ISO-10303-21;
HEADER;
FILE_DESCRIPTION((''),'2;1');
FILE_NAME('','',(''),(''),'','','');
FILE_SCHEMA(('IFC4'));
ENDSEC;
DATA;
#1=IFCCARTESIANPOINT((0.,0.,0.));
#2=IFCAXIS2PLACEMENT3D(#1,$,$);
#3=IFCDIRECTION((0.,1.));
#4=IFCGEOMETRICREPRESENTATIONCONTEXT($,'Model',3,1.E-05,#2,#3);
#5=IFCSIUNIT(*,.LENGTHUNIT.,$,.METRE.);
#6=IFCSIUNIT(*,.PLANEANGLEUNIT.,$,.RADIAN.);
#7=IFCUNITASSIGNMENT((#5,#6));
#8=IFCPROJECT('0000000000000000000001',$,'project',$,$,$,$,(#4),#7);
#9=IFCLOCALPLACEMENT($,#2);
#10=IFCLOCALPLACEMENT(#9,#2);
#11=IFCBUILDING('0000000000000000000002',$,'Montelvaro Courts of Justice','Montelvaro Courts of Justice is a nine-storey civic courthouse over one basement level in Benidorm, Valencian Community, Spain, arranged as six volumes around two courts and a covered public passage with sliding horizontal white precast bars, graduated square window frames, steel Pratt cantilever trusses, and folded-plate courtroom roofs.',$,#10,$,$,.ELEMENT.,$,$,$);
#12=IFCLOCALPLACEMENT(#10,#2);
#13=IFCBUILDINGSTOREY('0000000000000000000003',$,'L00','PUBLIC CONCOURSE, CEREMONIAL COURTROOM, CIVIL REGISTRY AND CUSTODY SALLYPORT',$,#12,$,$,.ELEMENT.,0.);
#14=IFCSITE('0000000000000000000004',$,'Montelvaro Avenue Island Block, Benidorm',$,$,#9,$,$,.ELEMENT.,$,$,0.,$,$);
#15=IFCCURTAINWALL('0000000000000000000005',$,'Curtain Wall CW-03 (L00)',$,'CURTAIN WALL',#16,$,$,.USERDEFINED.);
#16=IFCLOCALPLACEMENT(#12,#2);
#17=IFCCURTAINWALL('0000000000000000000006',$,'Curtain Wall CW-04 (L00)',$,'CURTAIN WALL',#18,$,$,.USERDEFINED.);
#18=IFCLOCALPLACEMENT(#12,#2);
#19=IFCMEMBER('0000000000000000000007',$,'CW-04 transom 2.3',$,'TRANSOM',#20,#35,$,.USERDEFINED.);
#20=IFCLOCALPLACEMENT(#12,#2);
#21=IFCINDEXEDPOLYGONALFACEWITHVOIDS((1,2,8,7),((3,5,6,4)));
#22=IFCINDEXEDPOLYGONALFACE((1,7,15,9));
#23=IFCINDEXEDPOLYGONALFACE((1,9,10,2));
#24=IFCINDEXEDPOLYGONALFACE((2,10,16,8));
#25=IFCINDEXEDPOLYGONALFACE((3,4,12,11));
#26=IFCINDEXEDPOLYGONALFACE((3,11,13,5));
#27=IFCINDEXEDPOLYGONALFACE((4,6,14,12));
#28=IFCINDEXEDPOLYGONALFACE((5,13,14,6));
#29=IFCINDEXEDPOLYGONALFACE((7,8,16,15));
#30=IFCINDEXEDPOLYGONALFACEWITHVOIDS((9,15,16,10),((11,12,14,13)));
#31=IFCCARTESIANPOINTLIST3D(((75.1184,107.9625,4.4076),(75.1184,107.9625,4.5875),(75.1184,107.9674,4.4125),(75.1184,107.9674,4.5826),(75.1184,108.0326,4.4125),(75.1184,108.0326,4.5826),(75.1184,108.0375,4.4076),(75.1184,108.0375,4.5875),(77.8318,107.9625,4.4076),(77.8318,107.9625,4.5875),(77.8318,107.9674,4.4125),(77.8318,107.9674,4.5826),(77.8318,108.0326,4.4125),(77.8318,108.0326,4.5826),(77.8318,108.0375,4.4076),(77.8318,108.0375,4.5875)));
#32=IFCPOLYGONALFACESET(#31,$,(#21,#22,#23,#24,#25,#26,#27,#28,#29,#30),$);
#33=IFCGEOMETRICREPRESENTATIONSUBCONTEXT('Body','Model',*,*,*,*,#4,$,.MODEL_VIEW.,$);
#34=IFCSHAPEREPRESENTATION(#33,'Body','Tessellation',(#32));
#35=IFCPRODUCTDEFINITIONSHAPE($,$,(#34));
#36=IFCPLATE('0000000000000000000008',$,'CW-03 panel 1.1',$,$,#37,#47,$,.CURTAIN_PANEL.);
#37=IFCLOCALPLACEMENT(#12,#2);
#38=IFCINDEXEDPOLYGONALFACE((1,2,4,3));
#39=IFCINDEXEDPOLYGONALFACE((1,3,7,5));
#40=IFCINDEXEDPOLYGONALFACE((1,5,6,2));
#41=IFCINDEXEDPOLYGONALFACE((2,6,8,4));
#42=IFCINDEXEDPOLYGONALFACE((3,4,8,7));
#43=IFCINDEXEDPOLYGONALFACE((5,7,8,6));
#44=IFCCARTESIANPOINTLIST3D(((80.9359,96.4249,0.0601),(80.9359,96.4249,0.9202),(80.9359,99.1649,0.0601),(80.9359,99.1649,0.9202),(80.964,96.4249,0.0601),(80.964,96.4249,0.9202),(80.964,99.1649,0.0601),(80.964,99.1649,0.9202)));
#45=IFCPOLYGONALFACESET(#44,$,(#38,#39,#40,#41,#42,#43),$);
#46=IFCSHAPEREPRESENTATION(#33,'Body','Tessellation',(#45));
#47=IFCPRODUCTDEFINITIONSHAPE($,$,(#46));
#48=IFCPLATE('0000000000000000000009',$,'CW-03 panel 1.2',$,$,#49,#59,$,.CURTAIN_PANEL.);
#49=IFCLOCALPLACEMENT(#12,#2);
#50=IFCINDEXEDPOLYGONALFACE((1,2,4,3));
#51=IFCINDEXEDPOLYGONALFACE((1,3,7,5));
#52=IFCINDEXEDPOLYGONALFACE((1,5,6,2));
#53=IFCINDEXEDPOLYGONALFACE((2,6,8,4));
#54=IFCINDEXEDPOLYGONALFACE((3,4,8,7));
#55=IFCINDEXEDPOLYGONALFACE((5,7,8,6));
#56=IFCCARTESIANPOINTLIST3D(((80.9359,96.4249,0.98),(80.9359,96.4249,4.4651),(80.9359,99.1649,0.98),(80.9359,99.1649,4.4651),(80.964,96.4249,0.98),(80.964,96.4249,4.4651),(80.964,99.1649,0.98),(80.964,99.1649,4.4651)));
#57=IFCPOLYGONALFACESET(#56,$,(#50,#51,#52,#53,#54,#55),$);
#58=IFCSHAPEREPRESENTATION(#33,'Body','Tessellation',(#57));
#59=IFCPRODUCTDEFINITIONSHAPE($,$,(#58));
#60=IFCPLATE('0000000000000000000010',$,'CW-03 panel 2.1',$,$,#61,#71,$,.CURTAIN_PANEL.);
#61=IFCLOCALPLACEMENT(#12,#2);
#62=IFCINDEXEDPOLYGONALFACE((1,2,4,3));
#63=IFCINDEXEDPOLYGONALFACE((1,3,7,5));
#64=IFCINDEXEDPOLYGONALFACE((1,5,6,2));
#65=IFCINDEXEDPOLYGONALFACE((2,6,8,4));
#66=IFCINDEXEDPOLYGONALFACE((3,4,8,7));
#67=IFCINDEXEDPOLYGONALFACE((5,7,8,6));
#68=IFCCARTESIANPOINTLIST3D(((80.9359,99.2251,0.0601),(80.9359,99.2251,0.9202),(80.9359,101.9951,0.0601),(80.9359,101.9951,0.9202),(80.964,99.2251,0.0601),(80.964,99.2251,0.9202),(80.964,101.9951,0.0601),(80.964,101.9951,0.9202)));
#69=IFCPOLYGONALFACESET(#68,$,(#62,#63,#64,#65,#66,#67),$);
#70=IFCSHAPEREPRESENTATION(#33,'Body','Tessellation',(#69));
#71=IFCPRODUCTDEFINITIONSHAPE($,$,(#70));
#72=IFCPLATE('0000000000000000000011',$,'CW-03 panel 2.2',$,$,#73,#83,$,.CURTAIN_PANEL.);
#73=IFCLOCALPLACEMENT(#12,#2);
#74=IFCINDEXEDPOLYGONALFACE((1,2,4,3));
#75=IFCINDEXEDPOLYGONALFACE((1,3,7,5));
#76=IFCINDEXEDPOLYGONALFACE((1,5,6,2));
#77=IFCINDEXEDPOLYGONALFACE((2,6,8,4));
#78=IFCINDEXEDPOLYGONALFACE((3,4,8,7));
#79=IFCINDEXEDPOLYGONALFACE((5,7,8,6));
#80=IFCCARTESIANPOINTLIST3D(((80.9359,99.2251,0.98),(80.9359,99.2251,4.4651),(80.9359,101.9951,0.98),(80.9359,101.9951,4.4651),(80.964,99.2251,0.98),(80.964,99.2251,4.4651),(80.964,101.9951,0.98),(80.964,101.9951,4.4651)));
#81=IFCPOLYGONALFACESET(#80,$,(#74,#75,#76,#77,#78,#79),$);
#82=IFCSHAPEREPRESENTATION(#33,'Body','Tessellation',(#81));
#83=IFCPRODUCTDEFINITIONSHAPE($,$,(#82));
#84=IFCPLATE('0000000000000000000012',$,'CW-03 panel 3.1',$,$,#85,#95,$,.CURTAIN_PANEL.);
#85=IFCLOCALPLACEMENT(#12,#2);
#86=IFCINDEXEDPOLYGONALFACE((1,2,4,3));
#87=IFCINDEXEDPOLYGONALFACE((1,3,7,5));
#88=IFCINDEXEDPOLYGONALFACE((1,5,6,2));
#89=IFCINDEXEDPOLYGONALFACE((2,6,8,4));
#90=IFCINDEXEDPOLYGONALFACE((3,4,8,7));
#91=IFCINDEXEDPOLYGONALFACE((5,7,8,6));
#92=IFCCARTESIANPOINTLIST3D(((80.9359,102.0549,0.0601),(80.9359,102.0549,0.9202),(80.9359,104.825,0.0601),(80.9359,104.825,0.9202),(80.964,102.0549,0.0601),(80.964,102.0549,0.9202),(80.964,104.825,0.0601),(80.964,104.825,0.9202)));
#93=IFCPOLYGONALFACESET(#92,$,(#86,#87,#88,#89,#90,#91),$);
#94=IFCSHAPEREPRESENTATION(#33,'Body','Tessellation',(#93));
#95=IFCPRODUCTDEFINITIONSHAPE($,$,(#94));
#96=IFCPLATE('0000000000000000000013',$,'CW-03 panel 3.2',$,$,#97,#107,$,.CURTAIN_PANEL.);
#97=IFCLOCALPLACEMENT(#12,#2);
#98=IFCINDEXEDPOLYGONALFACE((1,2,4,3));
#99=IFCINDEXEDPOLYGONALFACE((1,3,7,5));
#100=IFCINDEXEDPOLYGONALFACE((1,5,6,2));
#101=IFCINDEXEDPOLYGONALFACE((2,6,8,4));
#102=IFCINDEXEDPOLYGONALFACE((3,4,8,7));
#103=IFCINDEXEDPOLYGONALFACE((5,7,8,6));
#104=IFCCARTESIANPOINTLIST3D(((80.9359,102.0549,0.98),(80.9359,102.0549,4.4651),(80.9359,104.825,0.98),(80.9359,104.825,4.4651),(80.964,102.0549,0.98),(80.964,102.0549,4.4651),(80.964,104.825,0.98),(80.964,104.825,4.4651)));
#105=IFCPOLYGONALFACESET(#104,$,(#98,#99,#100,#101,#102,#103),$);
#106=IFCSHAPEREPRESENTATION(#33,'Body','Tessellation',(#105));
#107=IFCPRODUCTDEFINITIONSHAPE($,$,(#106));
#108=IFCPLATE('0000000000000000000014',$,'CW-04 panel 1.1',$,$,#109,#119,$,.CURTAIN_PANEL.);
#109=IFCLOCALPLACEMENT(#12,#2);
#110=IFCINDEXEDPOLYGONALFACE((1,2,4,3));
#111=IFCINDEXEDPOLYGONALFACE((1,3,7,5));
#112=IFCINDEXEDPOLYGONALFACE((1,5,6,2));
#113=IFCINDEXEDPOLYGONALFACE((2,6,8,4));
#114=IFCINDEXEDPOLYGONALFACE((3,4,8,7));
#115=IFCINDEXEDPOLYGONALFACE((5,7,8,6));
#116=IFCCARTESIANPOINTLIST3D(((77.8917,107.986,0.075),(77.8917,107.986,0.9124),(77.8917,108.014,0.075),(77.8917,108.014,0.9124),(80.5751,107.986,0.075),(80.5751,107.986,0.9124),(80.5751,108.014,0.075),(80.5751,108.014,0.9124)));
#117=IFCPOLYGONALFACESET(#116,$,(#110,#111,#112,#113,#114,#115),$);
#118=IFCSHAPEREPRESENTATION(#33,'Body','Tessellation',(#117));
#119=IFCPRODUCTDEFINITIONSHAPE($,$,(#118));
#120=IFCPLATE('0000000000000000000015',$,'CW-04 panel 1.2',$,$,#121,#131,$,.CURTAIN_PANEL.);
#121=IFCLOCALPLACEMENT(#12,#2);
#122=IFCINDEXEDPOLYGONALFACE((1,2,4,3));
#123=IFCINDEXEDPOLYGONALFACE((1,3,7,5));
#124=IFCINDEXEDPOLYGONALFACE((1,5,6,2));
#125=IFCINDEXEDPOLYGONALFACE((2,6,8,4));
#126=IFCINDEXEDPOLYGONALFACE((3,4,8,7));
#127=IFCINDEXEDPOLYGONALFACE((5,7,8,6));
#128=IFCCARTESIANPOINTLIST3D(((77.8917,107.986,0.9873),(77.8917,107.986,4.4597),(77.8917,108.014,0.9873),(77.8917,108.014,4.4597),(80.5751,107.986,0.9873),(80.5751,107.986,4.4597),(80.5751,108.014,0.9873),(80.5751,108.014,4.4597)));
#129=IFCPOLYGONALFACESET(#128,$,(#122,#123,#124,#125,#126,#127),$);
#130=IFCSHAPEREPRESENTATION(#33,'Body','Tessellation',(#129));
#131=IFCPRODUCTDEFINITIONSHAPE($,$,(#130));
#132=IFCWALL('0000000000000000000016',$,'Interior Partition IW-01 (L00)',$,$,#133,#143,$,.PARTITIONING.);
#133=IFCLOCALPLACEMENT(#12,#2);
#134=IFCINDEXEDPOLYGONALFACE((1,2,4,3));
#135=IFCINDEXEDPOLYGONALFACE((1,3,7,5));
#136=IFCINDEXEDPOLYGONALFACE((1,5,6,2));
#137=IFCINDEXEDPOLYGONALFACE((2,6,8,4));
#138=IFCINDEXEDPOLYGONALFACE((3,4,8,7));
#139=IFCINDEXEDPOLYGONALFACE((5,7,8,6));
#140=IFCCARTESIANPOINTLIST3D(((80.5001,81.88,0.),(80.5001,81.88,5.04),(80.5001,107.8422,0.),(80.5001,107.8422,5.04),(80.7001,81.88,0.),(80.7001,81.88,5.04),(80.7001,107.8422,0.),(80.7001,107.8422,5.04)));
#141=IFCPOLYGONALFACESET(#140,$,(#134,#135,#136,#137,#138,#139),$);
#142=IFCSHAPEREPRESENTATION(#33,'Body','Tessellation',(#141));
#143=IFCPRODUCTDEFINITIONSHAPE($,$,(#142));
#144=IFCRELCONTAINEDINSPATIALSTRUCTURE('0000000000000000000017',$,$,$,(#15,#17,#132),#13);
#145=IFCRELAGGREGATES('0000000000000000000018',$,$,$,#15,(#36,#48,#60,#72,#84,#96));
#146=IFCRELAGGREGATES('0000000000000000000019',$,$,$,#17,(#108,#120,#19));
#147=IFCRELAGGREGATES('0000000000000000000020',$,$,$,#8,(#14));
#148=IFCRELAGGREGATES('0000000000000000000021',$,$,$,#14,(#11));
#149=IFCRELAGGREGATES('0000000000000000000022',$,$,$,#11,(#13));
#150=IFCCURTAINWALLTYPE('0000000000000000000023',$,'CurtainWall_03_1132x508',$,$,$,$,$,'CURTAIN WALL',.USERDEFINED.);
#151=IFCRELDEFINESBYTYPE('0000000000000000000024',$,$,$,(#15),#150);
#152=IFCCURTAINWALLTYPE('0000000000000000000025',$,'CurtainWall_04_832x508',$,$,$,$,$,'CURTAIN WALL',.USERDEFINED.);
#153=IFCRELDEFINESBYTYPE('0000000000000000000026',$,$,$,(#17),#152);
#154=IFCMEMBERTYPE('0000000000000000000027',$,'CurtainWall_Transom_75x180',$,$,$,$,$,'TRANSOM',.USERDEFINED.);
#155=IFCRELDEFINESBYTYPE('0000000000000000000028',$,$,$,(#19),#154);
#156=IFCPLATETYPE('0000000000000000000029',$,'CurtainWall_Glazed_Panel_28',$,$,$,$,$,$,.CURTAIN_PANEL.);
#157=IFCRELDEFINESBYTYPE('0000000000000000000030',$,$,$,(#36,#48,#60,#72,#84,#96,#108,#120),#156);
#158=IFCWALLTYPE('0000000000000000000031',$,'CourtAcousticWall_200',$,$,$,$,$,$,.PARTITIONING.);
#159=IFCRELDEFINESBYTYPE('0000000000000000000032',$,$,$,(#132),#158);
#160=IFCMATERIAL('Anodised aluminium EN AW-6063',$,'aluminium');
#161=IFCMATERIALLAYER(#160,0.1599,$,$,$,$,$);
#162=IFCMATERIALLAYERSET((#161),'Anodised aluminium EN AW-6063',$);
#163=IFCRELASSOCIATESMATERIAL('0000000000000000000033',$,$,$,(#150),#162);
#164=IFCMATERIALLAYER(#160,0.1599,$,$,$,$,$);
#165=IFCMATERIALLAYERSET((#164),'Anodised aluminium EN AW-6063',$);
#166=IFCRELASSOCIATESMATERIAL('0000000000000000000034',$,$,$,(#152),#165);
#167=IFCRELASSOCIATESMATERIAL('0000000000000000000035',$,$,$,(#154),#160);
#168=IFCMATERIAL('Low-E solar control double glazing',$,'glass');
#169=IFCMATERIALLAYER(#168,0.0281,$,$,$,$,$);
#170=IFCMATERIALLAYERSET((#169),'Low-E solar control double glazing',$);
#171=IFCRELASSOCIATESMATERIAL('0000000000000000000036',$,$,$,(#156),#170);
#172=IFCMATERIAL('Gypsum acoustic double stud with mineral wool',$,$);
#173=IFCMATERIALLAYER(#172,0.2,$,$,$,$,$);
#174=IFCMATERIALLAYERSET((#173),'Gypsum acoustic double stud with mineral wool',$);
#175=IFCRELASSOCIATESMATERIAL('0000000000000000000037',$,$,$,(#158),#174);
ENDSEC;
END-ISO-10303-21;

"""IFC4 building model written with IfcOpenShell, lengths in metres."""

from ifc_helpers import new_model, si_unit, direction, frame, frame_2d, origin, origin_2d, place, context, subcontext, project, spatial, rectangle, hollow_rectangle, extrude, material, layer, layer_set, material_profile, profile_set, type_object, element, aggregate, save


model = new_model("IFC4")

# Units and contexts
model_context = context("Model", 3, precision=1e-05, world=origin(), true_north=direction((0.0, 1.0)))
body_context = subcontext(model_context, "Body", "Model", "MODEL_VIEW")
ifc_project = project(units=[si_unit("LENGTHUNIT", "METRE"), si_unit("PLANEANGLEUNIT", "RADIAN")], contexts=[model_context])

# Site, building, storey
site_placement = place(None, origin())
site = spatial("IfcSite", under=ifc_project, at=site_placement, Name="Montelvaro Avenue Island Block, Benidorm", CompositionType="ELEMENT", RefElevation=0.0)
building_placement = place(site_placement, origin())
building = spatial("IfcBuilding", under=site, at=building_placement, Name="Montelvaro Courts of Justice", Description="Montelvaro Courts of Justice is a nine-storey civic courthouse over one basement level in Benidorm, Valencian Community, Spain, arranged as six volumes around two courts and a covered public passage with sliding horizontal white precast bars, graduated square window frames, steel Pratt cantilever trusses, and folded-plate courtroom roofs.", CompositionType="ELEMENT")
storey_placement = place(building_placement, origin())
storey = spatial("IfcBuildingStorey", under=building, at=storey_placement, Name="L00", Description="PUBLIC CONCOURSE, CEREMONIAL COURTROOM, CIVIL REGISTRY AND CUSTODY SALLYPORT", CompositionType="ELEMENT", Elevation=0.0)

# Curtain walls
ifc_material_1 = material(Name="Anodised aluminium EN AW-6063", Category="aluminium")
ifc_layer_1 = layer(ifc_material_1, 0.1599)
ifc_layer_set_1 = layer_set([ifc_layer_1], Name="Anodised aluminium EN AW-6063")
curtain_wall_type_1 = type_object("IfcCurtainWallType", Name="CurtainWall_03_1132x508", ElementType="CURTAIN WALL", PredefinedType="USERDEFINED", material=ifc_layer_set_1)
curtain_wall_1_placement = place(storey_placement, origin())
curtain_wall_1 = element("IfcCurtainWall", 1, at=curtain_wall_1_placement, inside=storey, type_object=curtain_wall_type_1, Name="Curtain Wall CW-03 (L00)", ObjectType="CURTAIN WALL", PredefinedType="USERDEFINED")
ifc_layer_2 = layer(ifc_material_1, 0.1599)
ifc_layer_set_2 = layer_set([ifc_layer_2], Name="Anodised aluminium EN AW-6063")
curtain_wall_type_2 = type_object("IfcCurtainWallType", Name="CurtainWall_04_832x508", ElementType="CURTAIN WALL", PredefinedType="USERDEFINED", material=ifc_layer_set_2)
curtain_wall_2_placement = place(storey_placement, origin())
curtain_wall_2 = element("IfcCurtainWall", 2, at=curtain_wall_2_placement, inside=storey, type_object=curtain_wall_type_2, Name="Curtain Wall CW-04 (L00)", ObjectType="CURTAIN WALL", PredefinedType="USERDEFINED")

# Member
ifc_material_profile_1 = material_profile(ifc_material_1, hollow_rectangle(XDim=0.075, YDim=0.1799, WallThickness=0.0049, at=origin_2d()), Name="ALU-T 75x180")
ifc_profile_set_1 = profile_set([ifc_material_profile_1], Name="Anodised aluminium EN AW-6063")
member_type_1 = type_object("IfcMemberType", Name="CurtainWall_Transom_75x180", ElementType="TRANSOM", PredefinedType="USERDEFINED", material=ifc_profile_set_1)
member_1_placement = place(storey_placement, frame((77.8318, 108.0, 4.4976), z_axis=(-1.0, 0.0, 0.0), x_axis=(0.0, -1.0, 0.0)))
member_1 = element("IfcMember", 3, at=member_1_placement, type_object=member_type_1, Name="CW-04 transom 2.3", ObjectType="TRANSOM", PredefinedType="USERDEFINED", context=body_context, shape_type="SweptSolid", body=[
    extrude(hollow_rectangle(XDim=0.075, YDim=0.1799, WallThickness=0.0049, at=origin_2d()), origin(), (0.0, 0.0, 1.0), 2.7134),
])

# Plates
ifc_material_2 = material(Name="Low-E solar control double glazing", Category="glass")
ifc_layer_3 = layer(ifc_material_2, 0.0281)
ifc_layer_set_3 = layer_set([ifc_layer_3], Name="Low-E solar control double glazing")
plate_type = type_object("IfcPlateType", Name="CurtainWall_Glazed_Panel_28", PredefinedType="CURTAIN_PANEL", material=ifc_layer_set_3)
plate_1_placement = place(storey_placement, frame((80.95, 97.7949, 0.0601), z_axis=(0.0, 0.0, 1.0), x_axis=(0.0, 1.0, 0.0)))
plate_1 = element("IfcPlate", 4, at=plate_1_placement, type_object=plate_type, Name="CW-03 panel 1.1", PredefinedType="CURTAIN_PANEL", context=body_context, shape_type="SweptSolid", body=[
    extrude(rectangle(XDim=2.74, YDim=0.0281, at=origin_2d()), origin(), (0.0, 0.0, 1.0), 0.8601),
])
plate_2_placement = place(storey_placement, frame((80.95, 97.7949, 0.98), z_axis=(0.0, 0.0, 1.0), x_axis=(0.0, 1.0, 0.0)))
plate_2 = element("IfcPlate", 5, at=plate_2_placement, type_object=plate_type, Name="CW-03 panel 1.2", PredefinedType="CURTAIN_PANEL", context=body_context, shape_type="SweptSolid", body=[
    extrude(rectangle(XDim=2.74, YDim=0.0281, at=origin_2d()), origin(), (0.0, 0.0, 1.0), 3.4851),
])
plate_3_placement = place(storey_placement, frame((80.95, 100.6101, 0.0601), z_axis=(0.0, 0.0, 1.0), x_axis=(0.0, 1.0, 0.0)))
plate_3 = element("IfcPlate", 6, at=plate_3_placement, type_object=plate_type, Name="CW-03 panel 2.1", PredefinedType="CURTAIN_PANEL", context=body_context, shape_type="SweptSolid", body=[
    extrude(rectangle(XDim=2.77, YDim=0.0281, at=origin_2d()), origin(), (0.0, 0.0, 1.0), 0.8601),
])
plate_4_placement = place(storey_placement, frame((80.95, 100.6101, 0.98), z_axis=(0.0, 0.0, 1.0), x_axis=(0.0, 1.0, 0.0)))
plate_4 = element("IfcPlate", 7, at=plate_4_placement, type_object=plate_type, Name="CW-03 panel 2.2", PredefinedType="CURTAIN_PANEL", context=body_context, shape_type="SweptSolid", body=[
    extrude(rectangle(XDim=2.77, YDim=0.0281, at=origin_2d()), origin(), (0.0, 0.0, 1.0), 3.4851),
])
plate_5_placement = place(storey_placement, frame((80.95, 103.4399, 0.0601), z_axis=(0.0, 0.0, 1.0), x_axis=(0.0, 1.0, 0.0)))
plate_5 = element("IfcPlate", 8, at=plate_5_placement, type_object=plate_type, Name="CW-03 panel 3.1", PredefinedType="CURTAIN_PANEL", context=body_context, shape_type="SweptSolid", body=[
    extrude(rectangle(XDim=2.77, YDim=0.0281, at=origin_2d()), origin(), (0.0, 0.0, 1.0), 0.8601),
])
plate_6_placement = place(storey_placement, frame((80.95, 103.4399, 0.98), z_axis=(0.0, 0.0, 1.0), x_axis=(0.0, 1.0, 0.0)))
plate_6 = element("IfcPlate", 9, at=plate_6_placement, type_object=plate_type, Name="CW-03 panel 3.2", PredefinedType="CURTAIN_PANEL", context=body_context, shape_type="SweptSolid", body=[
    extrude(rectangle(XDim=2.77, YDim=0.0281, at=origin_2d()), origin(), (0.0, 0.0, 1.0), 3.4851),
])
aggregate(curtain_wall_1, [plate_1, plate_2, plate_3, plate_4, plate_5, plate_6])
plate_7_placement = place(storey_placement, frame((79.2334, 108.0, 0.075), z_axis=(0.0, 0.0, 1.0), x_axis=(-1.0, 0.0, 0.0)))
plate_7 = element("IfcPlate", 10, at=plate_7_placement, type_object=plate_type, Name="CW-04 panel 1.1", PredefinedType="CURTAIN_PANEL", context=body_context, shape_type="SweptSolid", body=[
    extrude(rectangle(XDim=2.6833, YDim=0.0281, at=origin_2d()), origin(), (0.0, 0.0, 1.0), 0.8374),
])
plate_8_placement = place(storey_placement, frame((79.2334, 108.0, 0.9873), z_axis=(0.0, 0.0, 1.0), x_axis=(-1.0, 0.0, 0.0)))
plate_8 = element("IfcPlate", 11, at=plate_8_placement, type_object=plate_type, Name="CW-04 panel 1.2", PredefinedType="CURTAIN_PANEL", context=body_context, shape_type="SweptSolid", body=[
    extrude(rectangle(XDim=2.6833, YDim=0.0281, at=origin_2d()), origin(), (0.0, 0.0, 1.0), 3.4724),
])
aggregate(curtain_wall_2, [plate_7, plate_8, member_1])

# Wall
ifc_material_3 = material(Name="Gypsum acoustic double stud with mineral wool")
ifc_layer_4 = layer(ifc_material_3, 0.2)
ifc_layer_set_4 = layer_set([ifc_layer_4], Name="Gypsum acoustic double stud with mineral wool")
wall_type = type_object("IfcWallType", Name="CourtAcousticWall_200", PredefinedType="PARTITIONING", material=ifc_layer_set_4)
wall_placement = place(storey_placement, frame((80.6001, 107.842, 0.0), z_axis=(0.0, 0.0, 1.0), x_axis=(0.0, -1.0, 0.0)))
element("IfcWall", 12, at=wall_placement, inside=storey, type_object=wall_type, Name="Interior Partition IW-01 (L00)", PredefinedType="PARTITIONING", context=body_context, shape_type="SweptSolid", body=[
    extrude(rectangle(XDim=25.9622, YDim=0.2, at=frame_2d((12.981, 0.0))), origin(), (0.0, 0.0, 1.0), 5.04),
])

save(model, "model.ifc")
